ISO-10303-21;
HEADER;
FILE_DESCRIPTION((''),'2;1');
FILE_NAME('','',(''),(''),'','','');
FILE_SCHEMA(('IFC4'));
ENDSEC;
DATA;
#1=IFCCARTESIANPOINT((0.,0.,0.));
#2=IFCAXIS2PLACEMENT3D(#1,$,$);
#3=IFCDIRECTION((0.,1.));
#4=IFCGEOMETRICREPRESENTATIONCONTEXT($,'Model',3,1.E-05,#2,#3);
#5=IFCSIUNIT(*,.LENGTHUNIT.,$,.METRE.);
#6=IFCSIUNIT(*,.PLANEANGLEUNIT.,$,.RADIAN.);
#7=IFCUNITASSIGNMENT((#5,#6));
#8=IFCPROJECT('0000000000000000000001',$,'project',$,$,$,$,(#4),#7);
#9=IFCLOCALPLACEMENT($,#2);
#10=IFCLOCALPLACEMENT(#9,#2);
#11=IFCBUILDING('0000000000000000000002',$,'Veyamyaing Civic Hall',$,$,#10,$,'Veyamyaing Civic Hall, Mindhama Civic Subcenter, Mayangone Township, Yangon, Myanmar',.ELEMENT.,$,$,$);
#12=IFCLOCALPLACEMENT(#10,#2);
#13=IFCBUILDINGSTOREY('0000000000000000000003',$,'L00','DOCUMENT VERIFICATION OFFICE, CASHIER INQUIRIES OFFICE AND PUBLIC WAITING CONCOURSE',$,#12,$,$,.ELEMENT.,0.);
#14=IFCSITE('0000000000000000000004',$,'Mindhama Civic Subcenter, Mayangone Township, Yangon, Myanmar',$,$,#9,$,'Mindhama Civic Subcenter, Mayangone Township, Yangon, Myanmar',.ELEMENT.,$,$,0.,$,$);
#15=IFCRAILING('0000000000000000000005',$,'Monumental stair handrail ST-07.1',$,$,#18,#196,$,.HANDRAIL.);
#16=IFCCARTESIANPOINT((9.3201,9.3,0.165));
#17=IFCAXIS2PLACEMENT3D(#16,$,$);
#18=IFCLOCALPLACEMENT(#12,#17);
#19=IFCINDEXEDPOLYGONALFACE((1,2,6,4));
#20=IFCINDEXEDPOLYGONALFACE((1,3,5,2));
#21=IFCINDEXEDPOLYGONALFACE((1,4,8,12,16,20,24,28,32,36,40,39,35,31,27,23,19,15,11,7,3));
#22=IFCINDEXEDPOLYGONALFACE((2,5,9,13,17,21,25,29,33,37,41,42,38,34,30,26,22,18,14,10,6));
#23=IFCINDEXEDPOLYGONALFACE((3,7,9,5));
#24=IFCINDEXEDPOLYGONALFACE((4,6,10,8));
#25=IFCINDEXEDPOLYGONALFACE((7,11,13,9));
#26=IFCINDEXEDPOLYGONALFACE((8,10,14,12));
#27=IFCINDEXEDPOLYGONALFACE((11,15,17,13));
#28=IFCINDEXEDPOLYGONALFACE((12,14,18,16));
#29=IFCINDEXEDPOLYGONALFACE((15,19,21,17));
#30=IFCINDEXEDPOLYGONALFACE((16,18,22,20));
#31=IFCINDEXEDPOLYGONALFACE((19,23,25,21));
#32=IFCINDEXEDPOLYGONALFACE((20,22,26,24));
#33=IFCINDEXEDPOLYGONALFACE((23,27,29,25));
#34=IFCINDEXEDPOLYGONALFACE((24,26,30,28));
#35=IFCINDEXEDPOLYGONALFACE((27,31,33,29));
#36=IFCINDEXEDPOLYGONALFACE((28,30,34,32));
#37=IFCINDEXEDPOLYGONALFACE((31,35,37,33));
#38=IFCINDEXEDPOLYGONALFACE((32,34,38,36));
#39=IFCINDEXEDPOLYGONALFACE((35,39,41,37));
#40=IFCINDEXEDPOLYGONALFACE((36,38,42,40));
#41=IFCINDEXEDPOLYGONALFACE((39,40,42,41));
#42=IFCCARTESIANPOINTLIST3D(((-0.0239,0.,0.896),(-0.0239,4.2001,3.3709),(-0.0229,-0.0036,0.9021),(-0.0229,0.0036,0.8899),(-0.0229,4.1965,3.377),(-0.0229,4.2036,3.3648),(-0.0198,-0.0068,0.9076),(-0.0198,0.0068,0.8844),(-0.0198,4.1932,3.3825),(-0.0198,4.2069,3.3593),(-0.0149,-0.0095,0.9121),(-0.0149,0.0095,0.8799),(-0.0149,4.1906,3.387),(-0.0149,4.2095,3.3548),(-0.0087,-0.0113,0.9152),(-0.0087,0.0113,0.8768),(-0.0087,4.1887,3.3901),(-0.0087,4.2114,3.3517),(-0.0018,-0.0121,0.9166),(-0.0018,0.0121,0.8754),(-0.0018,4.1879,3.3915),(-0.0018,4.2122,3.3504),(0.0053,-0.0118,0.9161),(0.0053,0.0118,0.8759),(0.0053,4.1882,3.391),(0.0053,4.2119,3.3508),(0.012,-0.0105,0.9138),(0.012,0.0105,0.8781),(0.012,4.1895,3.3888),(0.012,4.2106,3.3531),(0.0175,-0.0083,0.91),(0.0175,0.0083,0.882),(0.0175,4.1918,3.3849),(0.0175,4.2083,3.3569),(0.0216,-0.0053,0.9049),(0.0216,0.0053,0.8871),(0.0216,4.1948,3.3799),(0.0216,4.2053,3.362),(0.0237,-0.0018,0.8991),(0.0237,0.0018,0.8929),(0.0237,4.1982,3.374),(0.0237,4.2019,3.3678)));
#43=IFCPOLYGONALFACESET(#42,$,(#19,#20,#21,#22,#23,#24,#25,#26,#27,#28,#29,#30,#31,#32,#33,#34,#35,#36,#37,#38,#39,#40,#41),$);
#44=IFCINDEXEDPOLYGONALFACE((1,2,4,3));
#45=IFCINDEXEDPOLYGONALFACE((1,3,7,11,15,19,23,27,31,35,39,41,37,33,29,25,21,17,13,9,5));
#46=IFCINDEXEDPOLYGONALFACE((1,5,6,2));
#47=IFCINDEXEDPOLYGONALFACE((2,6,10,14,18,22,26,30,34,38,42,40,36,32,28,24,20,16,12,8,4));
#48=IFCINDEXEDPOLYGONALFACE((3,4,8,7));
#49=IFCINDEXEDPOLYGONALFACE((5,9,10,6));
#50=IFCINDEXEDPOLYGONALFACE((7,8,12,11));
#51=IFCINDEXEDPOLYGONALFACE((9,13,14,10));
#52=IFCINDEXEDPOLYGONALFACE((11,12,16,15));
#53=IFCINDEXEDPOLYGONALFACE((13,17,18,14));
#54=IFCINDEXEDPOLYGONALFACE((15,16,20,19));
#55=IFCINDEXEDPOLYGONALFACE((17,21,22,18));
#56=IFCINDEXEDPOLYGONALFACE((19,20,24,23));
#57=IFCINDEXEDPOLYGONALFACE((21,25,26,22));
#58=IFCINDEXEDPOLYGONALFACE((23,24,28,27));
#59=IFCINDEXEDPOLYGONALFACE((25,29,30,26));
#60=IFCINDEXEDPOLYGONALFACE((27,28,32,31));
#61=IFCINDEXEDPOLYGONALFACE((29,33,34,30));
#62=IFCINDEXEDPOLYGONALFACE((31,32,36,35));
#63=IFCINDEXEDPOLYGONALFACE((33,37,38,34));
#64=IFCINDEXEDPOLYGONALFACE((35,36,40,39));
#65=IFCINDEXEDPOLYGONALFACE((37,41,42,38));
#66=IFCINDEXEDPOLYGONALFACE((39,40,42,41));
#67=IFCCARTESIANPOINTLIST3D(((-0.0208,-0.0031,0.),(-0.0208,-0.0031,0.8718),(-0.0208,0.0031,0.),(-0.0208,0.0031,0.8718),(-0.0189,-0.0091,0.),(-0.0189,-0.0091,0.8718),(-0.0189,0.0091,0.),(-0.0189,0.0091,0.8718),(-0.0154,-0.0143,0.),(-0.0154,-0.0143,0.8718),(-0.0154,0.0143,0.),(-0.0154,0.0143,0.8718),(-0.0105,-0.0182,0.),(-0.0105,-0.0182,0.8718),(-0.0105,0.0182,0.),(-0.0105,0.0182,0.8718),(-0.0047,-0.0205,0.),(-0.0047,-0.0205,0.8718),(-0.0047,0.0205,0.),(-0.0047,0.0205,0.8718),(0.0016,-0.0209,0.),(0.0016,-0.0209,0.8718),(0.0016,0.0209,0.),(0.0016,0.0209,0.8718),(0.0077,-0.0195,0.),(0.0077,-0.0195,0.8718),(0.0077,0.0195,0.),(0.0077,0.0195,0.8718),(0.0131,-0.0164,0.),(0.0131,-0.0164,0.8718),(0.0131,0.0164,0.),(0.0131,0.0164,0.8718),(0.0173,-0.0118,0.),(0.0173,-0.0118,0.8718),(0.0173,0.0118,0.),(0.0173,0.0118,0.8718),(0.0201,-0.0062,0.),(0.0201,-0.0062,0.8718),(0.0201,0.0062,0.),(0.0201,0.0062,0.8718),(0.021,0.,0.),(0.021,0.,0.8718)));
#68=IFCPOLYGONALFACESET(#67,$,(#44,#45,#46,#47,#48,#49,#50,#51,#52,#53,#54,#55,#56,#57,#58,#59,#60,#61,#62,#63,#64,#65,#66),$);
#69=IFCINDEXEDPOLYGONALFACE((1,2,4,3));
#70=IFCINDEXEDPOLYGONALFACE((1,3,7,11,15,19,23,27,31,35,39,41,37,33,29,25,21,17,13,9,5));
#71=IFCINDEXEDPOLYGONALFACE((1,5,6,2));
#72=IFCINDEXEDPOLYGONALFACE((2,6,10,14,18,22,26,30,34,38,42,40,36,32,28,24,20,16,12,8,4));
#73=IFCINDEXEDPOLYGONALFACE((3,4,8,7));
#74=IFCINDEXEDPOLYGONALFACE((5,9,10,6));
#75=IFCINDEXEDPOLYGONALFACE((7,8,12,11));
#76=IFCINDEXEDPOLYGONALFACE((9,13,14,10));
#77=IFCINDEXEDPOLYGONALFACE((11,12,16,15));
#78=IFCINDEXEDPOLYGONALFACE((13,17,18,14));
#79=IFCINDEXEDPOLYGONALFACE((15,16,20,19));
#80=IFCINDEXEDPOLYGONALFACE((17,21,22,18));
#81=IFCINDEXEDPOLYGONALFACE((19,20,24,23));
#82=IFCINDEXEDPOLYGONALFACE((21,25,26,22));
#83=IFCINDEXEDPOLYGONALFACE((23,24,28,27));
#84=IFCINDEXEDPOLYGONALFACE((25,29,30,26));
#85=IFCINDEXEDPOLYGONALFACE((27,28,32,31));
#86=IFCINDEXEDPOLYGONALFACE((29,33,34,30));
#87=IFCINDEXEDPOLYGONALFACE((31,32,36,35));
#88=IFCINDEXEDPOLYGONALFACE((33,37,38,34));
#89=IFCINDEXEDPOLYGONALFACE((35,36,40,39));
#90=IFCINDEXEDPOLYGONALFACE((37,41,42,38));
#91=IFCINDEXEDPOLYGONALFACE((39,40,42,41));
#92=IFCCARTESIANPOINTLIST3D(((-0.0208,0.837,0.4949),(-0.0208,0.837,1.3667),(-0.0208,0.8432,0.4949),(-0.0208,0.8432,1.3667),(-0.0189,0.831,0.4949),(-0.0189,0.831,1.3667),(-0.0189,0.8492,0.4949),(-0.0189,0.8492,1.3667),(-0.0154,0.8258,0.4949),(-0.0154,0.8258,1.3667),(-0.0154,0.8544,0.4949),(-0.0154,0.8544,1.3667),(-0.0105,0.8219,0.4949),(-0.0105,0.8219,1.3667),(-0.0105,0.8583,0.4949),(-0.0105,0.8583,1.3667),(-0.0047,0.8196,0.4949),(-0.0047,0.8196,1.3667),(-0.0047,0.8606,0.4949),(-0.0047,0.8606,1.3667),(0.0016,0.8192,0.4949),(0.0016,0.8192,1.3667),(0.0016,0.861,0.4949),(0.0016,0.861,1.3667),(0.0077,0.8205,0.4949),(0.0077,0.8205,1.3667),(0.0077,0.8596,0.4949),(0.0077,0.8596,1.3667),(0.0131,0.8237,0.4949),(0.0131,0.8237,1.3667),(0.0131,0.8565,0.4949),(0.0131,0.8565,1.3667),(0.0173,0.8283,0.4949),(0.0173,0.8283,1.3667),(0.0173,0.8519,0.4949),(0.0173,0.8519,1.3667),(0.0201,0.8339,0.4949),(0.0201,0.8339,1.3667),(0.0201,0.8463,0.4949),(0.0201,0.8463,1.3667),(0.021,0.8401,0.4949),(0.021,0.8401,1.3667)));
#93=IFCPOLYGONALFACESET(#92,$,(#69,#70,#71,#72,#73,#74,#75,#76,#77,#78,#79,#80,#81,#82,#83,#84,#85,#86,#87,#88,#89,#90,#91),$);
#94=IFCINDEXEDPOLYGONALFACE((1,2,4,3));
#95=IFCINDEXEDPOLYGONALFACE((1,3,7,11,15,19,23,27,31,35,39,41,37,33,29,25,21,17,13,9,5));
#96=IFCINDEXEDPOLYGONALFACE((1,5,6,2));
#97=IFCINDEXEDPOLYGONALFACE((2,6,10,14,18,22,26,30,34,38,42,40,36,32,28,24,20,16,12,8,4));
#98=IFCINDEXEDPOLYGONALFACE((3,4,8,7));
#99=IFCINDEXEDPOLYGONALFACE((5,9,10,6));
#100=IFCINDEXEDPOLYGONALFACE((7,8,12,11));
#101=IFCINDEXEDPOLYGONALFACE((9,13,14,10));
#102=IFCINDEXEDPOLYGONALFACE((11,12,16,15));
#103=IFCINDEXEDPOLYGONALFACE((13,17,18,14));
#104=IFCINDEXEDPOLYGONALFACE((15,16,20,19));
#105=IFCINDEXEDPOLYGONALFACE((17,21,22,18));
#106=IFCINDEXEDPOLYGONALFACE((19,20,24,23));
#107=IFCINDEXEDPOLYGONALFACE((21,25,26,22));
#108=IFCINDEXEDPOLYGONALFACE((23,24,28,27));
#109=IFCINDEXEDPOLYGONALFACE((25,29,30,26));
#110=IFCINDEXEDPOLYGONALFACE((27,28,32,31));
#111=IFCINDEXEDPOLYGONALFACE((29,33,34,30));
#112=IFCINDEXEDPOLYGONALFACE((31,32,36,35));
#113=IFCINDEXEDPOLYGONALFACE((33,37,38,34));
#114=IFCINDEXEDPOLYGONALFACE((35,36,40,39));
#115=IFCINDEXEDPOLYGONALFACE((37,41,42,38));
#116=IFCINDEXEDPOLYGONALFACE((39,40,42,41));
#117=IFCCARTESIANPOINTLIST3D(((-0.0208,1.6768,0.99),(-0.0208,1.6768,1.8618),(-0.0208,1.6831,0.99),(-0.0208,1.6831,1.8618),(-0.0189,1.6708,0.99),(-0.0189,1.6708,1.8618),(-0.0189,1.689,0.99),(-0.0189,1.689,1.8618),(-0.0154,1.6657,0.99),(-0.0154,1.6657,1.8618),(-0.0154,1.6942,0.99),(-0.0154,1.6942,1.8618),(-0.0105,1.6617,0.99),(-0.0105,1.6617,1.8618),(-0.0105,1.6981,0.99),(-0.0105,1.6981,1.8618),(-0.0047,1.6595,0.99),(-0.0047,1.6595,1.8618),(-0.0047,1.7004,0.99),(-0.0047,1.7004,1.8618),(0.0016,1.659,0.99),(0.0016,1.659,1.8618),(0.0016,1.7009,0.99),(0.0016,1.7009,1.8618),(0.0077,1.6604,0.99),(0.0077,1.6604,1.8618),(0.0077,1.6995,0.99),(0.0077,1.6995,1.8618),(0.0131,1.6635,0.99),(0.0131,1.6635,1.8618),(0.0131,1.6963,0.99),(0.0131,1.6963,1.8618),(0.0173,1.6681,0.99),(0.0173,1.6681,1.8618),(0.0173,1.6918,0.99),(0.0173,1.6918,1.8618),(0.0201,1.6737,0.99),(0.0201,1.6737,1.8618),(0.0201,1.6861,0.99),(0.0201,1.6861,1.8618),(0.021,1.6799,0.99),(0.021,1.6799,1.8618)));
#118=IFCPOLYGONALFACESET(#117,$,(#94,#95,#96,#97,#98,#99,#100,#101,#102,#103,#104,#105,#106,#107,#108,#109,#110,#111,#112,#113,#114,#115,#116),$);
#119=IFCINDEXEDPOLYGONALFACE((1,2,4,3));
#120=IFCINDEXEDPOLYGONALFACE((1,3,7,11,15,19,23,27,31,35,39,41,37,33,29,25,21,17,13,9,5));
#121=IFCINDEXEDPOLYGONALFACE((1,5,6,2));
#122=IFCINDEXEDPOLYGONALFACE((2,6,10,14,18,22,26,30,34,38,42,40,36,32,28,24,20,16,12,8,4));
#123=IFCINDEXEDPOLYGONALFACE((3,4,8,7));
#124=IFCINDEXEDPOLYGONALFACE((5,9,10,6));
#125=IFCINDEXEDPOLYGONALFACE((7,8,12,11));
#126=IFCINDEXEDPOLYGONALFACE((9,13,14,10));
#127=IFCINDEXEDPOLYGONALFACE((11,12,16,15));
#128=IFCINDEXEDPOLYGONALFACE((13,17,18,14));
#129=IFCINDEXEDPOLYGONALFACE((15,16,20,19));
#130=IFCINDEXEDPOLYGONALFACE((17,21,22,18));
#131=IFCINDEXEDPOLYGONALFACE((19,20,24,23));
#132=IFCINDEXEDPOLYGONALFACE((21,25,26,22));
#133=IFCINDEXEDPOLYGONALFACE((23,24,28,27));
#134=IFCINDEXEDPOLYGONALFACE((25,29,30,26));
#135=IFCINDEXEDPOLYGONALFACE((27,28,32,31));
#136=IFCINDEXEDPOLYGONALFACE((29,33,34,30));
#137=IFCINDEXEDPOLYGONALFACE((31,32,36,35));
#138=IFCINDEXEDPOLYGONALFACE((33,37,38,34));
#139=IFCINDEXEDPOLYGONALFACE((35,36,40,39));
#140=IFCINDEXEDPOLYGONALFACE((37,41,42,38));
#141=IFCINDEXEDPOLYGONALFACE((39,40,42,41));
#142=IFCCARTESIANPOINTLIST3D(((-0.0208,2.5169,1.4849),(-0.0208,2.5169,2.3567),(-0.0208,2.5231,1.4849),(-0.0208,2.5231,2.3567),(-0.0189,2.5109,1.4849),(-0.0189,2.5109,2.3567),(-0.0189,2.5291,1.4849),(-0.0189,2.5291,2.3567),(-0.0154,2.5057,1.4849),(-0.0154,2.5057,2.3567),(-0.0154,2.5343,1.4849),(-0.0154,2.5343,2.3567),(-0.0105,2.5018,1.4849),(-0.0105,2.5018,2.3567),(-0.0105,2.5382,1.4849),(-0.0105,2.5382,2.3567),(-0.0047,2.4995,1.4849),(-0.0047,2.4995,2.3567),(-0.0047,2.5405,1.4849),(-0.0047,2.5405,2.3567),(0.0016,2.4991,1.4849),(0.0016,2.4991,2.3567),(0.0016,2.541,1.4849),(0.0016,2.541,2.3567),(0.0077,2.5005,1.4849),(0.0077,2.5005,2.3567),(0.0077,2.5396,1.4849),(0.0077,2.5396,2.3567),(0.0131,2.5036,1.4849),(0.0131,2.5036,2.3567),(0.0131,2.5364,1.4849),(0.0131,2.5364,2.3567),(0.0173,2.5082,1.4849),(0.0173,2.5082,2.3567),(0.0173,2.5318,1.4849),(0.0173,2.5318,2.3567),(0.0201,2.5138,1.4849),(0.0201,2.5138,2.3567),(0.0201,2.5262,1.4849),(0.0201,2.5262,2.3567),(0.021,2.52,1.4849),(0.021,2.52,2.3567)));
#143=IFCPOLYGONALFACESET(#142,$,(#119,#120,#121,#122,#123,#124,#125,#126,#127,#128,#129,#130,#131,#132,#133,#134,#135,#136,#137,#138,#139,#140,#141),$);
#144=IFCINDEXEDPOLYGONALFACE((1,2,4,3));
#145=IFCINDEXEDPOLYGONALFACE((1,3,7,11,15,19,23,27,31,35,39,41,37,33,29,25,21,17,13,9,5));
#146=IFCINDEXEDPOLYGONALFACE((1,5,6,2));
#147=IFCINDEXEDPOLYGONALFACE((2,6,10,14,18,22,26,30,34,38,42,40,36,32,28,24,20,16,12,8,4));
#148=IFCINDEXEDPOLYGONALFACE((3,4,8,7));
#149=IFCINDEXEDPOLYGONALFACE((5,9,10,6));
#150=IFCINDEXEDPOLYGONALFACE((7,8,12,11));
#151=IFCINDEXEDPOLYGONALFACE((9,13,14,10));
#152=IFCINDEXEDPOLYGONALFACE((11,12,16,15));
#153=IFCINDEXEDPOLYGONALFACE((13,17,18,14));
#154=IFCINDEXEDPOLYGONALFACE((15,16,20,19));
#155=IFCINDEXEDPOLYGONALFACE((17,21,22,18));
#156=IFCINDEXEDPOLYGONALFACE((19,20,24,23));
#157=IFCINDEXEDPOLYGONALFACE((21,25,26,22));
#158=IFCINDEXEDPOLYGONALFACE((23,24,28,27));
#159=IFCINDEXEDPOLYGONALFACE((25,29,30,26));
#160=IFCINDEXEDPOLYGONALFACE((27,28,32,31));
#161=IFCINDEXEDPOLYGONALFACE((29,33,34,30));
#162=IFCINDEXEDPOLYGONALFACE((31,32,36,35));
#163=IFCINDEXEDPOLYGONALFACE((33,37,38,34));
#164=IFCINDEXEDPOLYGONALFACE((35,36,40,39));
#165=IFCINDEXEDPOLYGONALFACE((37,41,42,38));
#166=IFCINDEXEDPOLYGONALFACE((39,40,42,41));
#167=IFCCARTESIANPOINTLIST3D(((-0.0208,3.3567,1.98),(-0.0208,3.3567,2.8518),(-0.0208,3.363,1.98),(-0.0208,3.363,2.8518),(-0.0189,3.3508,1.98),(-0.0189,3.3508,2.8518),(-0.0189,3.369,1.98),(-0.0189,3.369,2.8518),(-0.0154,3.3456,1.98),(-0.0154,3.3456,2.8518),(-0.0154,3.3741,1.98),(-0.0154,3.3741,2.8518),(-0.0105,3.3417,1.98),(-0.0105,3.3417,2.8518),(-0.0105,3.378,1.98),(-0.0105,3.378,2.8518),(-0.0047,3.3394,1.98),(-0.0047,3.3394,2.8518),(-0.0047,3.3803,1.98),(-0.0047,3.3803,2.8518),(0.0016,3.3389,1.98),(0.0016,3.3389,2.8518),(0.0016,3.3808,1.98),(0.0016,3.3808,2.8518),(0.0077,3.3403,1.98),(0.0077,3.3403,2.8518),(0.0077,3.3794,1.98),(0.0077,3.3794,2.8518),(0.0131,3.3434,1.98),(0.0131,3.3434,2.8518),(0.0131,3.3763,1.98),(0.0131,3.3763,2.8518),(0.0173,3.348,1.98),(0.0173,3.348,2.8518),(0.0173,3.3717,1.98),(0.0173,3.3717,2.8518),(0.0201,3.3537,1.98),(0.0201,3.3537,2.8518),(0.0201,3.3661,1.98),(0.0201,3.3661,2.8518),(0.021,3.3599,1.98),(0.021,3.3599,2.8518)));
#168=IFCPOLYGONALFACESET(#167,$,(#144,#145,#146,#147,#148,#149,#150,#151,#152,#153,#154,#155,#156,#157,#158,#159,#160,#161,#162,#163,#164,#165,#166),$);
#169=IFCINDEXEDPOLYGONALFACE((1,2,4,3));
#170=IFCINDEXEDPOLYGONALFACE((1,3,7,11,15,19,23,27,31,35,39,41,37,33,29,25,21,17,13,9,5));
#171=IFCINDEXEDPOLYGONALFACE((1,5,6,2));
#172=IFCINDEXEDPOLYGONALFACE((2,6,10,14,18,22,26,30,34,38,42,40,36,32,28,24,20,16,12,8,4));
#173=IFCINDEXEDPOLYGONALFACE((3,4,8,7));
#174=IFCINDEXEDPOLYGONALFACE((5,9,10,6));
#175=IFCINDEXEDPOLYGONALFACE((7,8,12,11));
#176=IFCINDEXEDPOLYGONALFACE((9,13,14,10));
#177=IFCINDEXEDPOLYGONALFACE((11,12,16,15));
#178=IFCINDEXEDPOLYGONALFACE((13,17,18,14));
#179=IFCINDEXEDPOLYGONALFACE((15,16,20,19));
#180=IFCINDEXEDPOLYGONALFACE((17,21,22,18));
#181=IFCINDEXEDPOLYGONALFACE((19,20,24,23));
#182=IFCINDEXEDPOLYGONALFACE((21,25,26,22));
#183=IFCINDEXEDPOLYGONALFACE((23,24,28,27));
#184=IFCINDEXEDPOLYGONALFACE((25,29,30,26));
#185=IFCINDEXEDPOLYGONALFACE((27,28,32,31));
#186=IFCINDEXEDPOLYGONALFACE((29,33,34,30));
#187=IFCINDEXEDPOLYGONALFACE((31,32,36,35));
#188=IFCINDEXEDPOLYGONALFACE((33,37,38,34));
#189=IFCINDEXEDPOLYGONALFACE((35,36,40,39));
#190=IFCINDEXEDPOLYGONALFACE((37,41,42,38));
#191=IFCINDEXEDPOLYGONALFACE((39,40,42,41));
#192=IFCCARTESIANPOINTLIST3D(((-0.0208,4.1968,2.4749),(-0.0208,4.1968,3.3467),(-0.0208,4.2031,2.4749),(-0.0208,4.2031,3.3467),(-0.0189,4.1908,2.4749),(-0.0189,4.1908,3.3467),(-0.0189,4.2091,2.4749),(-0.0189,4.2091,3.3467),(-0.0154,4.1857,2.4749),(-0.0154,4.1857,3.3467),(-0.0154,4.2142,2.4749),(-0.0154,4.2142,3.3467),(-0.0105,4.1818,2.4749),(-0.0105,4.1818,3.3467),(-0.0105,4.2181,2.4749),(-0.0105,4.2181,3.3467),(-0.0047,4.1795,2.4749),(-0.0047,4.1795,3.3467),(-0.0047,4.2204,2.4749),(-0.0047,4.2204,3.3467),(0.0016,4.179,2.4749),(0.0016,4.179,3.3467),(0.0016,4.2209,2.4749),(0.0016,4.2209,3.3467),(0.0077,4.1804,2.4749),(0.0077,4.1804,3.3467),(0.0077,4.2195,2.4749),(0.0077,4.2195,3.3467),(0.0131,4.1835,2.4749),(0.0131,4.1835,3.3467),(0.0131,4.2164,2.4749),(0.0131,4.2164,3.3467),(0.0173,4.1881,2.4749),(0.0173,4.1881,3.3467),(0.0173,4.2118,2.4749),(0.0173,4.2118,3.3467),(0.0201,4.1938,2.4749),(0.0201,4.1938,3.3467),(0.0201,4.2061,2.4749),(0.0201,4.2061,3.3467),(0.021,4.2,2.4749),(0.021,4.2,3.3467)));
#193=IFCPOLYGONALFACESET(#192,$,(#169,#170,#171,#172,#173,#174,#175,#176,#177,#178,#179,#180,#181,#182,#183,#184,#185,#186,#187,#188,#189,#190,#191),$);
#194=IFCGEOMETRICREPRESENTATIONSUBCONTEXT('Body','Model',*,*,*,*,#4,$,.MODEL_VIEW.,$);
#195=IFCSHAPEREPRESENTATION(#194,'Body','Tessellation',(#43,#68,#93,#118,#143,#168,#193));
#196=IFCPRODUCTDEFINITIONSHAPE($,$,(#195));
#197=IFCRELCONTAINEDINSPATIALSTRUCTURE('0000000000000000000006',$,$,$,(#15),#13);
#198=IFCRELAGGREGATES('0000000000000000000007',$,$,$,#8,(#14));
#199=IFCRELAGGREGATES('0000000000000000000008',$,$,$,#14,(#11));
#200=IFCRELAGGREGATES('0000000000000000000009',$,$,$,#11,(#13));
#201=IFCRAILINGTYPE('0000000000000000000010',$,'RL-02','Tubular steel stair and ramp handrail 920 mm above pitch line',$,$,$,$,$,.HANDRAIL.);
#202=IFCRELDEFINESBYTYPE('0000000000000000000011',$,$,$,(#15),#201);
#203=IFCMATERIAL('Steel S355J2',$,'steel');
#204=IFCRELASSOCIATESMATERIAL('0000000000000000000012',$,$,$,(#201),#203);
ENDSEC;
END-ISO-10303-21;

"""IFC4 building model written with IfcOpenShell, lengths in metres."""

from ifc_helpers import new_model, si_unit, direction, frame, origin, origin_2d, place, context, subcontext, project, spatial, circle, extrude, material, type_object, element, save


model = new_model("IFC4")

# Units and contexts
model_context = context("Model", 3, precision=1e-05, world=origin(), true_north=direction((0.0, 1.0)))
body_context = subcontext(model_context, "Body", "Model", "MODEL_VIEW")
ifc_project = project(units=[si_unit("LENGTHUNIT", "METRE"), si_unit("PLANEANGLEUNIT", "RADIAN")], contexts=[model_context])

# Site, building, storey
site_placement = place(None, origin())
site = spatial("IfcSite", under=ifc_project, at=site_placement, Name="Mindhama Civic Subcenter, Mayangone Township, Yangon, Myanmar", LongName="Mindhama Civic Subcenter, Mayangone Township, Yangon, Myanmar", CompositionType="ELEMENT", RefElevation=0.0)
building_placement = place(site_placement, origin())
building = spatial("IfcBuilding", under=site, at=building_placement, Name="Veyamyaing Civic Hall", LongName="Veyamyaing Civic Hall, Mindhama Civic Subcenter, Mayangone Township, Yangon, Myanmar", CompositionType="ELEMENT")
storey_placement = place(building_placement, origin())
storey = spatial("IfcBuildingStorey", under=building, at=storey_placement, Name="L00", Description="DOCUMENT VERIFICATION OFFICE, CASHIER INQUIRIES OFFICE AND PUBLIC WAITING CONCOURSE", CompositionType="ELEMENT", Elevation=0.0)

# Railing
ifc_material_1 = material(Name="Steel S355J2", Category="steel")
railing_type = type_object("IfcRailingType", Name="RL-02", Description="Tubular steel stair and ramp handrail 920 mm above pitch line", PredefinedType="HANDRAIL", material=ifc_material_1)
railing_placement = place(storey_placement, frame((9.3201, 9.3, 0.165)))
element("IfcRailing", 1, at=railing_placement, inside=storey, type_object=railing_type, Name="Monumental stair handrail ST-07.1", PredefinedType="HANDRAIL", context=body_context, shape_type="SweptSolid", body=[
    extrude(circle(Radius=0.0239, at=origin_2d()), frame((0.0, 0.0, 0.896), z_axis=(0.0, 0.861549, 0.507674), x_axis=(-1.0, 0.0, 0.0)), (0.0, 0.0, 1.0), 4.875),
    extrude(circle(Radius=0.021, at=origin_2d()), origin(), (0.0, 0.0, 1.0), 0.8718),
    extrude(circle(Radius=0.021, at=origin_2d()), frame((0.0, 0.8401, 0.4949)), (0.0, 0.0, 1.0), 0.8718),
    extrude(circle(Radius=0.021, at=origin_2d()), frame((0.0, 1.6799, 0.99)), (0.0, 0.0, 1.0), 0.8718),
    extrude(circle(Radius=0.021, at=origin_2d()), frame((0.0, 2.52, 1.4849)), (0.0, 0.0, 1.0), 0.8718),
    extrude(circle(Radius=0.021, at=origin_2d()), frame((0.0, 3.3599, 1.98)), (0.0, 0.0, 1.0), 0.8718),
    extrude(circle(Radius=0.021, at=origin_2d()), frame((0.0, 4.2, 2.4749)), (0.0, 0.0, 1.0), 0.8718),
])

save(model, "model.ifc")
